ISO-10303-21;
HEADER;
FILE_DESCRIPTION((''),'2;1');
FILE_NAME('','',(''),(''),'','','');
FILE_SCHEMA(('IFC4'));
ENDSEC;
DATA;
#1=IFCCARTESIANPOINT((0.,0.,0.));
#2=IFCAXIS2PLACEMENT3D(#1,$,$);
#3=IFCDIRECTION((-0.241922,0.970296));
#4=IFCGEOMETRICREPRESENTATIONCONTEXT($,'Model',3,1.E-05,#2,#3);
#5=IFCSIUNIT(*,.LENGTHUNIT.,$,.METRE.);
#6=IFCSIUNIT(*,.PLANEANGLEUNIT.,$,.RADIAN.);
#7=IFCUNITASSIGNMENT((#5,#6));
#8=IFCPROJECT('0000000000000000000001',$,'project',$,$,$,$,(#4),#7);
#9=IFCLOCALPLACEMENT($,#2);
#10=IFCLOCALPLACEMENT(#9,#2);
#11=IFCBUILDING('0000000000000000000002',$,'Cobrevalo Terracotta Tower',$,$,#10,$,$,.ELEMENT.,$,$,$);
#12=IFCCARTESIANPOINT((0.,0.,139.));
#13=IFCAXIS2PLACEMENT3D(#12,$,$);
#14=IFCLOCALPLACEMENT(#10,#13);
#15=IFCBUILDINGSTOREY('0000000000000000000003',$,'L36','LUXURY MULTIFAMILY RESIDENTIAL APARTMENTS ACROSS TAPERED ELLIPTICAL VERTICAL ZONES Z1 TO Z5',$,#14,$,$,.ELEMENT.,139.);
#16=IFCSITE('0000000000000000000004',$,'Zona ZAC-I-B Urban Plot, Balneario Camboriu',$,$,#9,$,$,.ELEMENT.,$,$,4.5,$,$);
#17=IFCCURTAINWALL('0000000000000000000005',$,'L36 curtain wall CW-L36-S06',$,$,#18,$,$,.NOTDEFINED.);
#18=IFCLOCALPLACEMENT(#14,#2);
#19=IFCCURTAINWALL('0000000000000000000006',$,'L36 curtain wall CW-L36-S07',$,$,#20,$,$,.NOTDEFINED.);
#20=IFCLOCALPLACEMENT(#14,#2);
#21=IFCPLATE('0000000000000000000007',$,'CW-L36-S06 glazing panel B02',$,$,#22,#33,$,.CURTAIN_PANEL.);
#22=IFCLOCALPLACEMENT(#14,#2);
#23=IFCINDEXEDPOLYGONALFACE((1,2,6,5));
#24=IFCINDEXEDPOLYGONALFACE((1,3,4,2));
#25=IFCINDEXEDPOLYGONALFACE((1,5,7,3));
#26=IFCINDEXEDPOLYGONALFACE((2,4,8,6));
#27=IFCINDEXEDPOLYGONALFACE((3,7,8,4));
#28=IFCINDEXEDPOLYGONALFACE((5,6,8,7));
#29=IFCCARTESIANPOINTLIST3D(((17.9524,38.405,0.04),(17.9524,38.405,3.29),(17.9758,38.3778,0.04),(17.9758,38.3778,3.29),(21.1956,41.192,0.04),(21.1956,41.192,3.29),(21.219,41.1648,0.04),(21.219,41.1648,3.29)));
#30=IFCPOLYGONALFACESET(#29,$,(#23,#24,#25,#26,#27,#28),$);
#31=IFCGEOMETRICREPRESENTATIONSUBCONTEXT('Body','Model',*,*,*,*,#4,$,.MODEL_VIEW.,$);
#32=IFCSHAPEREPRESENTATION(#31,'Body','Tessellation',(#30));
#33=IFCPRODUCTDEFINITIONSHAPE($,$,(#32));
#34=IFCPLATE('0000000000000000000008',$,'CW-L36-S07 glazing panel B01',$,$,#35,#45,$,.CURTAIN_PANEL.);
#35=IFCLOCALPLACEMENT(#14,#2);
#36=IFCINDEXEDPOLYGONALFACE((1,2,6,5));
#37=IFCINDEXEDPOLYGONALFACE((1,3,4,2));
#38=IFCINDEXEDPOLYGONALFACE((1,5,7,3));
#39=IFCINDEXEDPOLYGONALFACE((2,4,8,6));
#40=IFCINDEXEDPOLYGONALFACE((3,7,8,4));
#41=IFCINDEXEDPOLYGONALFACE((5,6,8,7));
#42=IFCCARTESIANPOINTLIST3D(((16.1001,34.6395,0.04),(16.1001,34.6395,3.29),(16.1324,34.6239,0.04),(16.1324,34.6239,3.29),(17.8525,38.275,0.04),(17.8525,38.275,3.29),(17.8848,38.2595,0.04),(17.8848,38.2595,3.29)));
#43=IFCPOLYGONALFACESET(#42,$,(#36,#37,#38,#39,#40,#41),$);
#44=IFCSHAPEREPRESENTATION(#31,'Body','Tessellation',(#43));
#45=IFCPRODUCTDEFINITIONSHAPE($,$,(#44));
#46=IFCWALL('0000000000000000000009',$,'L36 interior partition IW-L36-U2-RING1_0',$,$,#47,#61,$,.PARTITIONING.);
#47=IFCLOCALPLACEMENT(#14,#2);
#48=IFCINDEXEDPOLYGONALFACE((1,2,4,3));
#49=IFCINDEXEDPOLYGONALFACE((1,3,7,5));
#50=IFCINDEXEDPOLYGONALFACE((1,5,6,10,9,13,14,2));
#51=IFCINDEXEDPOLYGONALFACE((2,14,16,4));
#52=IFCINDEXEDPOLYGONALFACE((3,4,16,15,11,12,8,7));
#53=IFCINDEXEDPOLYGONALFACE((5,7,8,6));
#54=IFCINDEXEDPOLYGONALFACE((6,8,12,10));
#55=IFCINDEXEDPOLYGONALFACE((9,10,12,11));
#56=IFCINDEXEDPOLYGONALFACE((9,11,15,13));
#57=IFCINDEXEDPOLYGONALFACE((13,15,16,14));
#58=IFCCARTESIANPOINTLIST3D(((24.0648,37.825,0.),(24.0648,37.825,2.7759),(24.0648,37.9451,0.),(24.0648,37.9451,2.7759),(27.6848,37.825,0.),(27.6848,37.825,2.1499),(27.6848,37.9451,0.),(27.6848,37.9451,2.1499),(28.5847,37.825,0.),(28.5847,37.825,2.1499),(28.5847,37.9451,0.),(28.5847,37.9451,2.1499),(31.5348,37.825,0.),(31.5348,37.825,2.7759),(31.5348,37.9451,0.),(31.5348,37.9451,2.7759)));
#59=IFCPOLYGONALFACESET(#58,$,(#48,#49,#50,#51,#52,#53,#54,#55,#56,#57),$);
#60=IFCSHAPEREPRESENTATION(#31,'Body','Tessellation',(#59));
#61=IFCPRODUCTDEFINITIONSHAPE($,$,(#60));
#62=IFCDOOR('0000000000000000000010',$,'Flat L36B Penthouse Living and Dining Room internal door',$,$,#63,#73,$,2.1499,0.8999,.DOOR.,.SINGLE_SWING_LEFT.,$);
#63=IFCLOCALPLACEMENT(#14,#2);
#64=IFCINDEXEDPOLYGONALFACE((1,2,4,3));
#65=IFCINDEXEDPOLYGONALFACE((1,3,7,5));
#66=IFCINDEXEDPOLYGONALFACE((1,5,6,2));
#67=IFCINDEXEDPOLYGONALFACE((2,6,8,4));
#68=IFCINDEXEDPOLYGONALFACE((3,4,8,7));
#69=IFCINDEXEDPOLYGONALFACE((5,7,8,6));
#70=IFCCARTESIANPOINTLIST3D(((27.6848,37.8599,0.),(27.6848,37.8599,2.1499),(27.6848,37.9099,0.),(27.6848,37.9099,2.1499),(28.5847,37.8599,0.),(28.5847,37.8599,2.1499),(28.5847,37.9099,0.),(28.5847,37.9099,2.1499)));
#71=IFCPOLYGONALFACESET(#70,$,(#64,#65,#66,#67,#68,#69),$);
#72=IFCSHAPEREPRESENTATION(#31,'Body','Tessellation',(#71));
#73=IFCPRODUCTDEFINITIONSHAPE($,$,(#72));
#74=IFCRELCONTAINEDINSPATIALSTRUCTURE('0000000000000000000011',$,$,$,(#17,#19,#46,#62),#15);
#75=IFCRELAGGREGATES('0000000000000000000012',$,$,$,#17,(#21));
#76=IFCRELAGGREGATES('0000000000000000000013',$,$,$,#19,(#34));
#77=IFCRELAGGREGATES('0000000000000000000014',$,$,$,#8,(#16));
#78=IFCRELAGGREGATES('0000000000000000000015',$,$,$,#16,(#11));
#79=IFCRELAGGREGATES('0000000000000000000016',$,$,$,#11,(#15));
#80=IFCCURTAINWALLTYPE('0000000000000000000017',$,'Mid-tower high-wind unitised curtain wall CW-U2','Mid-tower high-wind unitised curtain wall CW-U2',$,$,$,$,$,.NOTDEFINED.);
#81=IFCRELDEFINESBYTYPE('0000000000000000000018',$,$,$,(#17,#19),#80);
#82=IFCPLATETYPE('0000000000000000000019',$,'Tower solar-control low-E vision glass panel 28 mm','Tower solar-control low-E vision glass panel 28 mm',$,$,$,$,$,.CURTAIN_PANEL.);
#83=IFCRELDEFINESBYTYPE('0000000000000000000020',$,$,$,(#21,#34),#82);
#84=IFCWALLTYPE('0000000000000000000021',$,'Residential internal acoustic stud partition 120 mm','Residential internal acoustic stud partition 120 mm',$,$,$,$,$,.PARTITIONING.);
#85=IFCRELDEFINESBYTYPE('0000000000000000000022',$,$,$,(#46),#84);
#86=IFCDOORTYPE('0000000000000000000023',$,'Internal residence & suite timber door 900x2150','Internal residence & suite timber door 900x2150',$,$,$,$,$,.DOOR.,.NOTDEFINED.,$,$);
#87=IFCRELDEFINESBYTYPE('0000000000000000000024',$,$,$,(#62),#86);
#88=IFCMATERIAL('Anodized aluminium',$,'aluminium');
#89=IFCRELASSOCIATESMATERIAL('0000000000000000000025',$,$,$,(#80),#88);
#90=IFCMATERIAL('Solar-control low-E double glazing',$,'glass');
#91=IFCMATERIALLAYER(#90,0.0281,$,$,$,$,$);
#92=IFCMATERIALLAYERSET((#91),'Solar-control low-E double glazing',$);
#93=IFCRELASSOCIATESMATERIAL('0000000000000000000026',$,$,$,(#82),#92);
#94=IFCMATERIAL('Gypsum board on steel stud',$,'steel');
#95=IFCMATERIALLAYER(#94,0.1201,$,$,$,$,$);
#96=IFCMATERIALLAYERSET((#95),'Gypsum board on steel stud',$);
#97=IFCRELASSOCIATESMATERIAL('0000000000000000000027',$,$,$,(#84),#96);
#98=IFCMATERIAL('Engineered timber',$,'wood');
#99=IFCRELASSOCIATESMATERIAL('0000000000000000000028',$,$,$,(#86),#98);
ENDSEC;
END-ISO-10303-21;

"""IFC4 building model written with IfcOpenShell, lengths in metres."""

from ifc_helpers import new_model, si_unit, direction, frame, frame_2d, origin, origin_2d, place, context, subcontext, project, spatial, rectangle, extrude, source, transform, mapped, material, layer, layer_set, type_object, element, fill, aggregate, save


model = new_model("IFC4")

# Units and contexts
model_context = context("Model", 3, precision=1e-05, world=origin(), true_north=direction((-0.241922, 0.970296)))
body_context = subcontext(model_context, "Body", "Model", "MODEL_VIEW")
ifc_project = project(units=[si_unit("LENGTHUNIT", "METRE"), si_unit("PLANEANGLEUNIT", "RADIAN")], contexts=[model_context])

# Site, building, storey
site_placement = place(None, origin())
site = spatial("IfcSite", under=ifc_project, at=site_placement, Name="Zona ZAC-I-B Urban Plot, Balneario Camboriu", CompositionType="ELEMENT", RefElevation=4.5)
building_placement = place(site_placement, origin())
building = spatial("IfcBuilding", under=site, at=building_placement, Name="Cobrevalo Terracotta Tower", CompositionType="ELEMENT")
storey_placement = place(building_placement, frame((0.0, 0.0, 139.0)))
storey = spatial("IfcBuildingStorey", under=building, at=storey_placement, Name="L36", Description="LUXURY MULTIFAMILY RESIDENTIAL APARTMENTS ACROSS TAPERED ELLIPTICAL VERTICAL ZONES Z1 TO Z5", CompositionType="ELEMENT", Elevation=139.0)

# Curtain walls
ifc_material_1 = material(Name="Anodized aluminium", Category="aluminium")
curtain_wall_type = type_object("IfcCurtainWallType", Name="Mid-tower high-wind unitised curtain wall CW-U2", Description="Mid-tower high-wind unitised curtain wall CW-U2", PredefinedType="NOTDEFINED", material=ifc_material_1)
curtain_wall_1_placement = place(storey_placement, origin())
curtain_wall_1 = element("IfcCurtainWall", 1, at=curtain_wall_1_placement, inside=storey, type_object=curtain_wall_type, Name="L36 curtain wall CW-L36-S06", PredefinedType="NOTDEFINED")
curtain_wall_2_placement = place(storey_placement, origin())
curtain_wall_2 = element("IfcCurtainWall", 2, at=curtain_wall_2_placement, inside=storey, type_object=curtain_wall_type, Name="L36 curtain wall CW-L36-S07", PredefinedType="NOTDEFINED")

# Plates
ifc_material_2 = material(Name="Solar-control low-E double glazing", Category="glass")
ifc_layer_1 = layer(ifc_material_2, 0.0281)
ifc_layer_set_1 = layer_set([ifc_layer_1], Name="Solar-control low-E double glazing")
plate_type = type_object("IfcPlateType", Name="Tower solar-control low-E vision glass panel 28 mm", Description="Tower solar-control low-E vision glass panel 28 mm", PredefinedType="CURTAIN_PANEL", material=ifc_layer_set_1)
shared_shape_1 = source(origin(), body_context, "Body", "SweptSolid", [
    extrude(rectangle(XDim=4.2761, YDim=0.0359, at=origin_2d()), origin(), (0.0, 0.0, 1.0), 3.25),
])
plate_1_placement = place(storey_placement, frame((19.5857, 39.7849, 0.04), z_axis=(0.0, 0.0, 1.0), x_axis=(-0.758437, -0.651746, 0.0)))
plate_1 = element("IfcPlate", 3, at=plate_1_placement, type_object=plate_type, Name="CW-L36-S06 glazing panel B02", PredefinedType="CURTAIN_PANEL", context=body_context, shape_type="MappedRepresentation", body=[
    mapped(shared_shape_1, transform((0.0, 0.0, 0.0), scale=1.0)),
])
aggregate(curtain_wall_1, [plate_1])
shared_shape_2 = source(origin(), body_context, "Body", "SweptSolid", [
    extrude(rectangle(XDim=4.0359, YDim=0.0359, at=origin_2d()), origin(), (0.0, 0.0, 1.0), 3.25),
])
plate_2_placement = place(storey_placement, frame((16.9924, 36.4495, 0.04), z_axis=(0.0, 0.0, 1.0), x_axis=(-0.434209, -0.900812, 0.0)))
plate_2 = element("IfcPlate", 4, at=plate_2_placement, type_object=plate_type, Name="CW-L36-S07 glazing panel B01", PredefinedType="CURTAIN_PANEL", context=body_context, shape_type="MappedRepresentation", body=[
    mapped(shared_shape_2, transform((0.0, 0.0, 0.0), scale=1.0)),
])
aggregate(curtain_wall_2, [plate_2])

# Wall, opening, door
ifc_material_3 = material(Name="Gypsum board on steel stud", Category="steel")
ifc_layer_2 = layer(ifc_material_3, 0.1201)
ifc_layer_set_2 = layer_set([ifc_layer_2], Name="Gypsum board on steel stud")
wall_type = type_object("IfcWallType", Name="Residential internal acoustic stud partition 120 mm", Description="Residential internal acoustic stud partition 120 mm", PredefinedType="PARTITIONING", material=ifc_layer_set_2)
wall_placement = place(storey_placement, frame((24.0649, 37.885, 0.0), z_axis=(0.0, 0.0, 1.0), x_axis=(1.0, 0.0, 0.0)))
wall = element("IfcWall", 5, at=wall_placement, inside=storey, type_object=wall_type, Name="L36 interior partition IW-L36-U2-RING1_0", PredefinedType="PARTITIONING", context=body_context, shape_type="SweptSolid", body=[
    extrude(rectangle(XDim=7.47, YDim=0.1201, at=frame_2d((3.7349, 0.0))), origin(), (0.0, 0.0, 1.0), 2.7759),
])
opening_placement = place(wall_placement, frame((3.6199, 0.0, 0.0)))
opening = element("IfcOpeningElement", 6, at=opening_placement, cuts=wall, PredefinedType="OPENING", context=body_context, shape_type="SweptSolid", body=[
    extrude(rectangle(XDim=0.8999, YDim=2.1499, at=frame_2d((0.45, 1.075))), frame((0.0, 0.0701, 0.0), z_axis=(0.0, -1.0, 0.0), x_axis=(1.0, 0.0, 0.0)), (0.0, 0.0, 1.0), 0.1401),
])
ifc_material_4 = material(Name="Engineered timber", Category="wood")
door_type = type_object("IfcDoorType", Name="Internal residence & suite timber door 900x2150", Description="Internal residence & suite timber door 900x2150", OperationType="NOTDEFINED", PredefinedType="DOOR", material=ifc_material_4)
shared_shape_3 = source(origin(), body_context, "Body", "SweptSolid", [
    extrude(rectangle(XDim=0.8999, YDim=2.1499, at=frame_2d((0.45, 1.075))), frame((0.0, 0.0249, 0.0), z_axis=(0.0, -1.0, 0.0), x_axis=(1.0, 0.0, 0.0)), (0.0, 0.0, 1.0), 0.05),
])
door_placement = place(opening_placement, origin())
door = element("IfcDoor", 7, at=door_placement, inside=storey, type_object=door_type, Name="Flat L36B Penthouse Living and Dining Room internal door", OperationType="SINGLE_SWING_LEFT", OverallHeight=2.1499, OverallWidth=0.8999, PredefinedType="DOOR", context=body_context, shape_type="MappedRepresentation", body=[
    mapped(shared_shape_3, transform((0.0, 0.0, 0.0), scale=1.0)),
])
fill(opening, door)

save(model, "model.ifc")
